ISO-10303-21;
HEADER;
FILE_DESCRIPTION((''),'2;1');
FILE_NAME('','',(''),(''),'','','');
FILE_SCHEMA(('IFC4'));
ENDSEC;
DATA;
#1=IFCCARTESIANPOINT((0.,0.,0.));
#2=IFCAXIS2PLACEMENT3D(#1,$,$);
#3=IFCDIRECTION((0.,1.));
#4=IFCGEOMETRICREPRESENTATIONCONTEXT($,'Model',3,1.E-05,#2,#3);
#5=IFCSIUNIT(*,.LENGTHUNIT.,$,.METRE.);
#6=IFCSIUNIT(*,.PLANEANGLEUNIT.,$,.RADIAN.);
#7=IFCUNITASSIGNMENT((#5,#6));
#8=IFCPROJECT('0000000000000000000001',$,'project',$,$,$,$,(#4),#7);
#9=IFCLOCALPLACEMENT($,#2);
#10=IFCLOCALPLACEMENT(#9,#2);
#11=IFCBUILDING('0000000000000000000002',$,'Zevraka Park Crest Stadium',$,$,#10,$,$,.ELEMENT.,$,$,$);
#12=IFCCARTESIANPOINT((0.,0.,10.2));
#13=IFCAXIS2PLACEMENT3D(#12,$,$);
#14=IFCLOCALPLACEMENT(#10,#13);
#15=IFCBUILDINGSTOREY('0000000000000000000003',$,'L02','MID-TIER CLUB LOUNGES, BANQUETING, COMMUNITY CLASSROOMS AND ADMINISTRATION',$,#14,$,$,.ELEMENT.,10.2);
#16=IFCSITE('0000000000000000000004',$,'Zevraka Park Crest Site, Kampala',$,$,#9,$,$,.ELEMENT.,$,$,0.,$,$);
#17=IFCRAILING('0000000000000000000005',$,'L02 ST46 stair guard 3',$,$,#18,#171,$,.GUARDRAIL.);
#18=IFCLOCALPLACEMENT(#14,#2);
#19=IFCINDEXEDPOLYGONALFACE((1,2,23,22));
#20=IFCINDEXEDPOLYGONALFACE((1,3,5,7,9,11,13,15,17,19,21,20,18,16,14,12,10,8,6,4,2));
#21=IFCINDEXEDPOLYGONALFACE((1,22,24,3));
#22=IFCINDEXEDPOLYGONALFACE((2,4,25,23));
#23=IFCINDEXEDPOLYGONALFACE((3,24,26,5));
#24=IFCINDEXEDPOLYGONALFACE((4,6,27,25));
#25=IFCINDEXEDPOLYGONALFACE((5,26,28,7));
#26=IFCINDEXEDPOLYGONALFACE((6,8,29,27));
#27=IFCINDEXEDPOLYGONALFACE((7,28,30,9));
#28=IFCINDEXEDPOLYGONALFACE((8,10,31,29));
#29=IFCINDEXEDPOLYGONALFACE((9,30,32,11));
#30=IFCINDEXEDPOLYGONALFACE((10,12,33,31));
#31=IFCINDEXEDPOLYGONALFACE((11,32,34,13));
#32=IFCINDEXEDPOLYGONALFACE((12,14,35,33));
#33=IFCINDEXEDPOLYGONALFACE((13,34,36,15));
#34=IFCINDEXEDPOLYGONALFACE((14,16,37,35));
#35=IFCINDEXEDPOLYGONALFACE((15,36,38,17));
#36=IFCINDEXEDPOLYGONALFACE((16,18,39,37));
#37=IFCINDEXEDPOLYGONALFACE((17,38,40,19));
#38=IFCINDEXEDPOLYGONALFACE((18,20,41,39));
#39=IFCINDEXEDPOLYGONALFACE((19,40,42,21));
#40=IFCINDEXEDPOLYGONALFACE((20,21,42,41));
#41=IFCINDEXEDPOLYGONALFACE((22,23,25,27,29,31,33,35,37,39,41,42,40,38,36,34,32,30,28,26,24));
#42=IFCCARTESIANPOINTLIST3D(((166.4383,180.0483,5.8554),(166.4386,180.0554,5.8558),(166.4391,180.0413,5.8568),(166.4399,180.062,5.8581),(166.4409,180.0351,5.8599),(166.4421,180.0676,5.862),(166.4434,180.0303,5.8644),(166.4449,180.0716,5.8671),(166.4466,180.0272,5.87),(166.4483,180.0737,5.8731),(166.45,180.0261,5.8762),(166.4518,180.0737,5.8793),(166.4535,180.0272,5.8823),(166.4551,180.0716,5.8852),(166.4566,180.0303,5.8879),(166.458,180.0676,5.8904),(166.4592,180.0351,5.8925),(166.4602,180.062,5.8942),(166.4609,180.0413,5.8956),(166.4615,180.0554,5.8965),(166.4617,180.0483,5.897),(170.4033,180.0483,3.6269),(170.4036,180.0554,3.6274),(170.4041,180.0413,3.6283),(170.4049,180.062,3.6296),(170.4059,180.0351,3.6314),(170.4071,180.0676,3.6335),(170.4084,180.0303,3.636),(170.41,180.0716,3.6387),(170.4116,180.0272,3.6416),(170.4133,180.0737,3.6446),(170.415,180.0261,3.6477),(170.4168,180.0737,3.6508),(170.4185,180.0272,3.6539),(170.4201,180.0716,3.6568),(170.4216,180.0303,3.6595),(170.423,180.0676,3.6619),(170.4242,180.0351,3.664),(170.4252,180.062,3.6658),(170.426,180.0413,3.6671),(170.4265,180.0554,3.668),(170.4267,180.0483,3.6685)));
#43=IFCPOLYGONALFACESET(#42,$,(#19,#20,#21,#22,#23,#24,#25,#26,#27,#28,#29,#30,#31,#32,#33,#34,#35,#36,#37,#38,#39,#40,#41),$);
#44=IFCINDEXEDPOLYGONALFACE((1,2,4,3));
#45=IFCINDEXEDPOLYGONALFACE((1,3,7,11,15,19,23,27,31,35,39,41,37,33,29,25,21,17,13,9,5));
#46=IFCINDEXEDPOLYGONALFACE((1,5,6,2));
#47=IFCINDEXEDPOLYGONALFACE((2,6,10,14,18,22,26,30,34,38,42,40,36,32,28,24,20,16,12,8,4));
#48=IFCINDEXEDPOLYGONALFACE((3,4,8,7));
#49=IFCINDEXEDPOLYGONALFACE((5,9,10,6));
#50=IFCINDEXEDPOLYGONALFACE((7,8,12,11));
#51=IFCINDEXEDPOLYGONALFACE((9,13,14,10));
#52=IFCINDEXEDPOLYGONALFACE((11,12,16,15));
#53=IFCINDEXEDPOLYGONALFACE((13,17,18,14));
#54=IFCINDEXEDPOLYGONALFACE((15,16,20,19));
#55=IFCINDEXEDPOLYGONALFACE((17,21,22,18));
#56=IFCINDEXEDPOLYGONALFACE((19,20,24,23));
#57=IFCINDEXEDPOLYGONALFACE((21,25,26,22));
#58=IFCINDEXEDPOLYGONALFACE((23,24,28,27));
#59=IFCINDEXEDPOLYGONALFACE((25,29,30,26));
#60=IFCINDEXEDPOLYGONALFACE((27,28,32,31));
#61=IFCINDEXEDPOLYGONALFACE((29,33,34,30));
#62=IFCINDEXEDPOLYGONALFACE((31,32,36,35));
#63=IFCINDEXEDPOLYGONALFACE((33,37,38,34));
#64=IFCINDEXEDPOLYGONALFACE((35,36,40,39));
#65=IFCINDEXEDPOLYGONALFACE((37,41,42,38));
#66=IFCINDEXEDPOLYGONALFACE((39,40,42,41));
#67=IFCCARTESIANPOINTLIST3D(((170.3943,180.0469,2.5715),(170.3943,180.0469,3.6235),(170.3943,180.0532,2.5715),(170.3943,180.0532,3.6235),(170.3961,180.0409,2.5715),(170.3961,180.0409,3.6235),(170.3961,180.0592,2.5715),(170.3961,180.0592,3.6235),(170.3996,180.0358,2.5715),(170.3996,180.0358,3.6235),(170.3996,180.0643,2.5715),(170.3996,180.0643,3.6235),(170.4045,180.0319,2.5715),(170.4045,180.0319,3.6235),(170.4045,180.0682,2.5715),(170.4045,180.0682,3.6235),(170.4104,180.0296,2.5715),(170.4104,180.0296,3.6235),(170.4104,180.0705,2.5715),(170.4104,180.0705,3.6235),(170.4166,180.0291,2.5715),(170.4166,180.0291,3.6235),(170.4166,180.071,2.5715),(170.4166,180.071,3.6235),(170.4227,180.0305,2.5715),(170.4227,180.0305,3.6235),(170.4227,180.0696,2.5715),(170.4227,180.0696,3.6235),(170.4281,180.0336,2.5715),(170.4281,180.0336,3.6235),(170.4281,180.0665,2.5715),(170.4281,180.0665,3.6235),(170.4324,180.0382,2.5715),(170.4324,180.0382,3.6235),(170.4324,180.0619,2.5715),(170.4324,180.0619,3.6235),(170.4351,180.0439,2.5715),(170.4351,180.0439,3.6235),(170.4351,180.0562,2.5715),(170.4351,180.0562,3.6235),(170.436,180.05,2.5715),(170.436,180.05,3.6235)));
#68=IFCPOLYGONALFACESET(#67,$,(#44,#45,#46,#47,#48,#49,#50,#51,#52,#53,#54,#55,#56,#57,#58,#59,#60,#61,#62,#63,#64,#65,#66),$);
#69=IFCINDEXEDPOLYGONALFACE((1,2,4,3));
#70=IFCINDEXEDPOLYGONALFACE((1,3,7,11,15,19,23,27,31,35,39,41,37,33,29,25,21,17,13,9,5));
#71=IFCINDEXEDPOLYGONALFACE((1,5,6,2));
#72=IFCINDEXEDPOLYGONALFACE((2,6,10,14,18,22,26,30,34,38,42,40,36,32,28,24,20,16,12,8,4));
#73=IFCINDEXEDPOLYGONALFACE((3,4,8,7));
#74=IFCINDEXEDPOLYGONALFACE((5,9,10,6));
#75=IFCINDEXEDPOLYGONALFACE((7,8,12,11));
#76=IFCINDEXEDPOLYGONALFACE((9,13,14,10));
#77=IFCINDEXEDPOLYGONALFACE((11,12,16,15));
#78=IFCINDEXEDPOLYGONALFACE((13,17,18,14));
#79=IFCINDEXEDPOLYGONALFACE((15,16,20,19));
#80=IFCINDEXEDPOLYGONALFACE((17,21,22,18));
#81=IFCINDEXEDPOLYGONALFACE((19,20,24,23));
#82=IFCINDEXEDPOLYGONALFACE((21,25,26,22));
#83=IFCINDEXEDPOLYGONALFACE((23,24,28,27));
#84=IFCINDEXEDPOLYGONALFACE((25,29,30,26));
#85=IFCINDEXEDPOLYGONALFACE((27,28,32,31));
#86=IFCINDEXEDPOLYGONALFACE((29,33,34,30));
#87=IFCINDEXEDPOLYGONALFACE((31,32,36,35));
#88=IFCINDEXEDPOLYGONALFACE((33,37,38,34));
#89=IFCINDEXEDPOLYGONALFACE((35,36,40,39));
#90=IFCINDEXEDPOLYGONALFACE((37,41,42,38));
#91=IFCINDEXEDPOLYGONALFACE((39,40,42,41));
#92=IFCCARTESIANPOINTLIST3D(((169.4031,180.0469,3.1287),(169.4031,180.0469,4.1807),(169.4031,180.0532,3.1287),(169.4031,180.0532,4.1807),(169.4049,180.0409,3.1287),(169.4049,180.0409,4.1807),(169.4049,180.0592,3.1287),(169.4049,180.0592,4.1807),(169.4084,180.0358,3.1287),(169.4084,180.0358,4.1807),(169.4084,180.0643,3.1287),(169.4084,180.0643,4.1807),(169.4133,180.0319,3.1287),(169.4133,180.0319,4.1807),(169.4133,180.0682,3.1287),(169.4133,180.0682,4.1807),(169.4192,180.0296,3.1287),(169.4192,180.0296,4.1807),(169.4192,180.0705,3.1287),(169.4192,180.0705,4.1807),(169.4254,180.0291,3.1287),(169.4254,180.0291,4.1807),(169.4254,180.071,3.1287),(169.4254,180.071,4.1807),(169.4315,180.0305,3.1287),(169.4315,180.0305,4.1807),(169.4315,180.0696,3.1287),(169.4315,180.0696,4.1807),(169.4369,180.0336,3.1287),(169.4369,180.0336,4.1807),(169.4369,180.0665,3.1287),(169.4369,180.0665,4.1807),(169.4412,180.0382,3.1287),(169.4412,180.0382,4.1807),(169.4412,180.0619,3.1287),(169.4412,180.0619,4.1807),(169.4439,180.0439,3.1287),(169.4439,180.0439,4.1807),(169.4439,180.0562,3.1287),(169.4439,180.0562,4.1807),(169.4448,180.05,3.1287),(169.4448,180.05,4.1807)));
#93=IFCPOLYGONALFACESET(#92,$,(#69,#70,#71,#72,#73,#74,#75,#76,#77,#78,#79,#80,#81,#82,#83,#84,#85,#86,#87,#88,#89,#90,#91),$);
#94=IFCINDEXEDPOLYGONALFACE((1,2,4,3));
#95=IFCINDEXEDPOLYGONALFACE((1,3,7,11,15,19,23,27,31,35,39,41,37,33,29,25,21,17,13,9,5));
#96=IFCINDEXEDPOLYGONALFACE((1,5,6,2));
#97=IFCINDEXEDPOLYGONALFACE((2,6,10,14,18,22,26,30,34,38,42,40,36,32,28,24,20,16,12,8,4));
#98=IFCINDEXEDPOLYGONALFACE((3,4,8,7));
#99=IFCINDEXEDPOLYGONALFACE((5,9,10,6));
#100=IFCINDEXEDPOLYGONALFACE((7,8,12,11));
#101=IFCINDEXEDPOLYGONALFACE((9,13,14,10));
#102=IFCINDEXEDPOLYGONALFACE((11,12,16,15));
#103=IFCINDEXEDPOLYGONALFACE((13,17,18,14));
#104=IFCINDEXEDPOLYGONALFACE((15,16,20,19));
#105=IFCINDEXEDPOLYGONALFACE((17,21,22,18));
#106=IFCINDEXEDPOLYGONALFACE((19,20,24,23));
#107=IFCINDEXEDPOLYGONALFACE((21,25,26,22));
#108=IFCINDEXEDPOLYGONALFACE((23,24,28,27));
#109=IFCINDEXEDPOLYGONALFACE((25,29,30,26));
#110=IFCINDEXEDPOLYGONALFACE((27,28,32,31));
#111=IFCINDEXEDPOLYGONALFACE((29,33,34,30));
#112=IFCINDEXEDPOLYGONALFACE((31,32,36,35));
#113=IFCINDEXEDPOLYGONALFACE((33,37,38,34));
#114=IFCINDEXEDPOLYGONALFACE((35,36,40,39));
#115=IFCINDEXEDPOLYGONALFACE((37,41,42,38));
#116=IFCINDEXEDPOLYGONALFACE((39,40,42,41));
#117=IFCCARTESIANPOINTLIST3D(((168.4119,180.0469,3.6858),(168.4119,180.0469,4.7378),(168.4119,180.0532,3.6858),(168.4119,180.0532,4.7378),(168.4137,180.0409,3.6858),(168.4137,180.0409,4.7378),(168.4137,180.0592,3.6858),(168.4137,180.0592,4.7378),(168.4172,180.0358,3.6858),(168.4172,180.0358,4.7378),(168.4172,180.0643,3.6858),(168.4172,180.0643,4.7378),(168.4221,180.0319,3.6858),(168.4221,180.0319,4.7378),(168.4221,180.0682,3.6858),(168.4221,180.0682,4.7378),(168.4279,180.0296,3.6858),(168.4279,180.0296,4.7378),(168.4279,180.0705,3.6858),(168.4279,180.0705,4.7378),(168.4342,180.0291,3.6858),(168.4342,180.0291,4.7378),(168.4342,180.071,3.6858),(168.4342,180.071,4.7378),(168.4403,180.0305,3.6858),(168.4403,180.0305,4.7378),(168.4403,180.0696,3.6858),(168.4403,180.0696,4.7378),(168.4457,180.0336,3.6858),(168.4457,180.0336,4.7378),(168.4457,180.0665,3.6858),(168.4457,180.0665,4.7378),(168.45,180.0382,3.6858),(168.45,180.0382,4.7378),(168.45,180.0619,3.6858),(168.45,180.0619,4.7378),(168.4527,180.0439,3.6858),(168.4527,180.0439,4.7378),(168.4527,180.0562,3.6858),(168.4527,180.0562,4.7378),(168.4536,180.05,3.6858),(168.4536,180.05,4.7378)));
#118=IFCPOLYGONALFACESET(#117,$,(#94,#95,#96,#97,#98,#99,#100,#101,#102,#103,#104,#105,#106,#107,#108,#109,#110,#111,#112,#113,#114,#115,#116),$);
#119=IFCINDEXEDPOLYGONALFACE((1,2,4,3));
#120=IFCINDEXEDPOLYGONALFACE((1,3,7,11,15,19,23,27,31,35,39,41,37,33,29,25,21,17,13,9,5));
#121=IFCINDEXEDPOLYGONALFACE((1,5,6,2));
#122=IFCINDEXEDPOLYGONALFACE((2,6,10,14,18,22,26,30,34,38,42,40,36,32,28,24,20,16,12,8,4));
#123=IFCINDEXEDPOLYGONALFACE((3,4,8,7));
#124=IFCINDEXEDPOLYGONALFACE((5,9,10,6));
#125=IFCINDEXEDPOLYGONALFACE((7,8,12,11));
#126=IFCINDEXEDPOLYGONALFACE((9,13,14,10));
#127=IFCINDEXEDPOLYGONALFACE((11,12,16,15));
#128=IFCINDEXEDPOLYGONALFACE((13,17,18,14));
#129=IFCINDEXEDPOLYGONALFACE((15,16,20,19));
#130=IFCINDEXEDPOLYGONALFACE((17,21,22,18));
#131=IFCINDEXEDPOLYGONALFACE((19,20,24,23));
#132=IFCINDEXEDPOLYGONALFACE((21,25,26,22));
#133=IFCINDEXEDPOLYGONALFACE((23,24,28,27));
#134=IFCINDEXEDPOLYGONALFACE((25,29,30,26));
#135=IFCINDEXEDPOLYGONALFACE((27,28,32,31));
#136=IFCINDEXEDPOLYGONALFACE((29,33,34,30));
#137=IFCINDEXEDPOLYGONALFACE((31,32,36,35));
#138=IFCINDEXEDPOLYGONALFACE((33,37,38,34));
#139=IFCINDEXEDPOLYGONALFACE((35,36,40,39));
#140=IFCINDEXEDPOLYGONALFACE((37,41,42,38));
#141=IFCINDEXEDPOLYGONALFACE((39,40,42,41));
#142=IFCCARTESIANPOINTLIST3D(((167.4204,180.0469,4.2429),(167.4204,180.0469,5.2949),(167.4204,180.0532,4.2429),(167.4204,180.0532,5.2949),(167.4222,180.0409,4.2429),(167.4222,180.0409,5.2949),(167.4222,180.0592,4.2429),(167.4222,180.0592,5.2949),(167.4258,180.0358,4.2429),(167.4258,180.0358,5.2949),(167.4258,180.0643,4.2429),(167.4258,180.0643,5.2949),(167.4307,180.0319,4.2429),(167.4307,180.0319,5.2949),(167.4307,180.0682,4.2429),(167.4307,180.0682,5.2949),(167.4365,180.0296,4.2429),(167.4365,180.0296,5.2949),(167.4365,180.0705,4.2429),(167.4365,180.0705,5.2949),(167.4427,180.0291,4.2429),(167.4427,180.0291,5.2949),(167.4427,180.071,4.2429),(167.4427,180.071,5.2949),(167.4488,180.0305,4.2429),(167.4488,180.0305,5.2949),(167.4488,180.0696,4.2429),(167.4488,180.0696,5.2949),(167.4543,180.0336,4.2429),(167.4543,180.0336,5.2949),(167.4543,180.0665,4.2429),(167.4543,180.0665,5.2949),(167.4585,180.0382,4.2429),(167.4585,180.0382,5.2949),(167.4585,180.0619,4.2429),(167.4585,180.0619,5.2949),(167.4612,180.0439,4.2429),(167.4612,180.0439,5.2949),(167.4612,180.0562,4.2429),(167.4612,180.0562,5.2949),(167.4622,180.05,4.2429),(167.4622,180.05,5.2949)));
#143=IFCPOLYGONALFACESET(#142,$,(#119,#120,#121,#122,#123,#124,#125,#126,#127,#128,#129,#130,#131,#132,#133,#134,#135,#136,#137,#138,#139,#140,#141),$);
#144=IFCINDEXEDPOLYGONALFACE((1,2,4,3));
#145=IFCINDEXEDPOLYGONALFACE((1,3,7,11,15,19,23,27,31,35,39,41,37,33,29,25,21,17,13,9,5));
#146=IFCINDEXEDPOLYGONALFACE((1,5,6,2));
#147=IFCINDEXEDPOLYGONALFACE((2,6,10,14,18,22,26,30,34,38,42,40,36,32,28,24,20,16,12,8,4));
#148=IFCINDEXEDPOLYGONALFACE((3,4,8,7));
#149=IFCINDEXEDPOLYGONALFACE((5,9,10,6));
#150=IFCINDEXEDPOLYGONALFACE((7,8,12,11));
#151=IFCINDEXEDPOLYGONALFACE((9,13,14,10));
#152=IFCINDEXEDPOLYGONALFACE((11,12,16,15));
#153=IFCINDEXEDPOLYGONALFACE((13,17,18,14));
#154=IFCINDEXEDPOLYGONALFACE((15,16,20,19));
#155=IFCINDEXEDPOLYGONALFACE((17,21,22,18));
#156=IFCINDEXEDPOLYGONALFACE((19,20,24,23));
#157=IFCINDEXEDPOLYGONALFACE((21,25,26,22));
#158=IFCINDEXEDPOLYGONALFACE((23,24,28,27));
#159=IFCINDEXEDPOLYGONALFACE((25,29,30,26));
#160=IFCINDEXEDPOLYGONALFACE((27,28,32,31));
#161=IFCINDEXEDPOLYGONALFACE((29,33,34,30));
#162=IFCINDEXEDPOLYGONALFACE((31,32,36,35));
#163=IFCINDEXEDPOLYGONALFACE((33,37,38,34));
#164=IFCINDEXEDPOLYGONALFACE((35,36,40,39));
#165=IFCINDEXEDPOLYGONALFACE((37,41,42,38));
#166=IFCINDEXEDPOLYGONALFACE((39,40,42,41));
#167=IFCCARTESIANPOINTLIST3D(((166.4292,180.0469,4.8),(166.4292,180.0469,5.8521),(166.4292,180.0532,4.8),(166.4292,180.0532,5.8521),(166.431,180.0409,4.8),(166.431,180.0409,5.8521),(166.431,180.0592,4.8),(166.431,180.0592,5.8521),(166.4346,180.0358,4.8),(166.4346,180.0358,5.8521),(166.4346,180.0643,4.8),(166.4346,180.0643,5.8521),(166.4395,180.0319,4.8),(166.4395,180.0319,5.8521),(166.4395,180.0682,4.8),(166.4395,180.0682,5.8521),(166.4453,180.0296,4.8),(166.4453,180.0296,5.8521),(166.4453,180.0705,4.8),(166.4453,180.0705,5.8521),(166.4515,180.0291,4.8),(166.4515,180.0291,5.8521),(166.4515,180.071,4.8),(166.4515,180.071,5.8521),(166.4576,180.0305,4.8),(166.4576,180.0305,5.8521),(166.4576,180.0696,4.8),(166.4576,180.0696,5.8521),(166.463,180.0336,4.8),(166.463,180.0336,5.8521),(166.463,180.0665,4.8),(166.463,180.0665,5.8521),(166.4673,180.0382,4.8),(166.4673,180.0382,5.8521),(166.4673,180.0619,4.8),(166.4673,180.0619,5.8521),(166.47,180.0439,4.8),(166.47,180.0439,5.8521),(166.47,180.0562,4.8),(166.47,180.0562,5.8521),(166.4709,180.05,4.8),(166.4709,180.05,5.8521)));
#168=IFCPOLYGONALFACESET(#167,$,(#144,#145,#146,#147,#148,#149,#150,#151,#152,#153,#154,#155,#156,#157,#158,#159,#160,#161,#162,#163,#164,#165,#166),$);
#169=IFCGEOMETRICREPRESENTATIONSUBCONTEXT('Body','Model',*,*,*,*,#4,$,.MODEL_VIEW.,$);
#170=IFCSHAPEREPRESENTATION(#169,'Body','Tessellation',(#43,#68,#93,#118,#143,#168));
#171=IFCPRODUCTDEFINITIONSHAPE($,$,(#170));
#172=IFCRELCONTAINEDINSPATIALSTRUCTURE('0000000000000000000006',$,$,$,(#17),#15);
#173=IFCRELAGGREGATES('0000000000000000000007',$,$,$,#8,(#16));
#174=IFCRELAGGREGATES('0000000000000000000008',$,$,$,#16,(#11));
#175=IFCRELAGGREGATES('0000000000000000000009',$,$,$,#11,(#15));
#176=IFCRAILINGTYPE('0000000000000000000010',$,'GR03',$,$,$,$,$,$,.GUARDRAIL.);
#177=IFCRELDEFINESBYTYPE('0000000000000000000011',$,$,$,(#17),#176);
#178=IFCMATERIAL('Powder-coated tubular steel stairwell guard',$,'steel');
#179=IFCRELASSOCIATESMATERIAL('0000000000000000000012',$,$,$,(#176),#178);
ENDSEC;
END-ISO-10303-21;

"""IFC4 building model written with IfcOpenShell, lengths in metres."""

from ifc_helpers import new_model, si_unit, direction, frame, origin, origin_2d, place, context, subcontext, project, spatial, circle, extrude, material, type_object, element, save


model = new_model("IFC4")

# Units and contexts
model_context = context("Model", 3, precision=1e-05, world=origin(), true_north=direction((0.0, 1.0)))
body_context = subcontext(model_context, "Body", "Model", "MODEL_VIEW")
ifc_project = project(units=[si_unit("LENGTHUNIT", "METRE"), si_unit("PLANEANGLEUNIT", "RADIAN")], contexts=[model_context])

# Site, building, storey
site_placement = place(None, origin())
site = spatial("IfcSite", under=ifc_project, at=site_placement, Name="Zevraka Park Crest Site, Kampala", CompositionType="ELEMENT", RefElevation=0.0)
building_placement = place(site_placement, origin())
building = spatial("IfcBuilding", under=site, at=building_placement, Name="Zevraka Park Crest Stadium", CompositionType="ELEMENT")
storey_placement = place(building_placement, frame((0.0, 0.0, 10.2)))
storey = spatial("IfcBuildingStorey", under=building, at=storey_placement, Name="L02", Description="MID-TIER CLUB LOUNGES, BANQUETING, COMMUNITY CLASSROOMS AND ADMINISTRATION", CompositionType="ELEMENT", Elevation=10.2)

# Railing
ifc_material_1 = material(Name="Powder-coated tubular steel stairwell guard", Category="steel")
railing_type_1 = type_object("IfcRailingType", Name="GR03", PredefinedType="GUARDRAIL", material=ifc_material_1)
railing_1_placement = place(storey_placement, frame((170.415, 180.05, 2.5715)))
element("IfcRailing", 1, at=railing_1_placement, inside=storey, type_object=railing_type_1, Name="L02 ST46 stair guard 3", PredefinedType="GUARDRAIL", context=body_context, shape_type="SweptSolid", body=[
    extrude(circle(Radius=0.0239, at=origin_2d()), frame((0.0, 0.0, 1.0762), z_axis=(-0.871749, 0.0, 0.489953), x_axis=(0.0, -1.0, 0.0)), (0.0, 0.0, 1.0), 4.5483),
    extrude(circle(Radius=0.021, at=origin_2d()), origin(), (0.0, 0.0, 1.0), 1.052),
    extrude(circle(Radius=0.021, at=origin_2d()), frame((-0.9912, 0.0, 0.5571)), (0.0, 0.0, 1.0), 1.052),
    extrude(circle(Radius=0.021, at=origin_2d()), frame((-1.9824, 0.0, 1.1143)), (0.0, 0.0, 1.0), 1.052),
    extrude(circle(Radius=0.021, at=origin_2d()), frame((-2.9739, 0.0, 1.6714)), (0.0, 0.0, 1.0), 1.052),
    extrude(circle(Radius=0.021, at=origin_2d()), frame((-3.9651, 0.0, 2.2285)), (0.0, 0.0, 1.0), 1.052),
])

save(model, "model.ifc")
